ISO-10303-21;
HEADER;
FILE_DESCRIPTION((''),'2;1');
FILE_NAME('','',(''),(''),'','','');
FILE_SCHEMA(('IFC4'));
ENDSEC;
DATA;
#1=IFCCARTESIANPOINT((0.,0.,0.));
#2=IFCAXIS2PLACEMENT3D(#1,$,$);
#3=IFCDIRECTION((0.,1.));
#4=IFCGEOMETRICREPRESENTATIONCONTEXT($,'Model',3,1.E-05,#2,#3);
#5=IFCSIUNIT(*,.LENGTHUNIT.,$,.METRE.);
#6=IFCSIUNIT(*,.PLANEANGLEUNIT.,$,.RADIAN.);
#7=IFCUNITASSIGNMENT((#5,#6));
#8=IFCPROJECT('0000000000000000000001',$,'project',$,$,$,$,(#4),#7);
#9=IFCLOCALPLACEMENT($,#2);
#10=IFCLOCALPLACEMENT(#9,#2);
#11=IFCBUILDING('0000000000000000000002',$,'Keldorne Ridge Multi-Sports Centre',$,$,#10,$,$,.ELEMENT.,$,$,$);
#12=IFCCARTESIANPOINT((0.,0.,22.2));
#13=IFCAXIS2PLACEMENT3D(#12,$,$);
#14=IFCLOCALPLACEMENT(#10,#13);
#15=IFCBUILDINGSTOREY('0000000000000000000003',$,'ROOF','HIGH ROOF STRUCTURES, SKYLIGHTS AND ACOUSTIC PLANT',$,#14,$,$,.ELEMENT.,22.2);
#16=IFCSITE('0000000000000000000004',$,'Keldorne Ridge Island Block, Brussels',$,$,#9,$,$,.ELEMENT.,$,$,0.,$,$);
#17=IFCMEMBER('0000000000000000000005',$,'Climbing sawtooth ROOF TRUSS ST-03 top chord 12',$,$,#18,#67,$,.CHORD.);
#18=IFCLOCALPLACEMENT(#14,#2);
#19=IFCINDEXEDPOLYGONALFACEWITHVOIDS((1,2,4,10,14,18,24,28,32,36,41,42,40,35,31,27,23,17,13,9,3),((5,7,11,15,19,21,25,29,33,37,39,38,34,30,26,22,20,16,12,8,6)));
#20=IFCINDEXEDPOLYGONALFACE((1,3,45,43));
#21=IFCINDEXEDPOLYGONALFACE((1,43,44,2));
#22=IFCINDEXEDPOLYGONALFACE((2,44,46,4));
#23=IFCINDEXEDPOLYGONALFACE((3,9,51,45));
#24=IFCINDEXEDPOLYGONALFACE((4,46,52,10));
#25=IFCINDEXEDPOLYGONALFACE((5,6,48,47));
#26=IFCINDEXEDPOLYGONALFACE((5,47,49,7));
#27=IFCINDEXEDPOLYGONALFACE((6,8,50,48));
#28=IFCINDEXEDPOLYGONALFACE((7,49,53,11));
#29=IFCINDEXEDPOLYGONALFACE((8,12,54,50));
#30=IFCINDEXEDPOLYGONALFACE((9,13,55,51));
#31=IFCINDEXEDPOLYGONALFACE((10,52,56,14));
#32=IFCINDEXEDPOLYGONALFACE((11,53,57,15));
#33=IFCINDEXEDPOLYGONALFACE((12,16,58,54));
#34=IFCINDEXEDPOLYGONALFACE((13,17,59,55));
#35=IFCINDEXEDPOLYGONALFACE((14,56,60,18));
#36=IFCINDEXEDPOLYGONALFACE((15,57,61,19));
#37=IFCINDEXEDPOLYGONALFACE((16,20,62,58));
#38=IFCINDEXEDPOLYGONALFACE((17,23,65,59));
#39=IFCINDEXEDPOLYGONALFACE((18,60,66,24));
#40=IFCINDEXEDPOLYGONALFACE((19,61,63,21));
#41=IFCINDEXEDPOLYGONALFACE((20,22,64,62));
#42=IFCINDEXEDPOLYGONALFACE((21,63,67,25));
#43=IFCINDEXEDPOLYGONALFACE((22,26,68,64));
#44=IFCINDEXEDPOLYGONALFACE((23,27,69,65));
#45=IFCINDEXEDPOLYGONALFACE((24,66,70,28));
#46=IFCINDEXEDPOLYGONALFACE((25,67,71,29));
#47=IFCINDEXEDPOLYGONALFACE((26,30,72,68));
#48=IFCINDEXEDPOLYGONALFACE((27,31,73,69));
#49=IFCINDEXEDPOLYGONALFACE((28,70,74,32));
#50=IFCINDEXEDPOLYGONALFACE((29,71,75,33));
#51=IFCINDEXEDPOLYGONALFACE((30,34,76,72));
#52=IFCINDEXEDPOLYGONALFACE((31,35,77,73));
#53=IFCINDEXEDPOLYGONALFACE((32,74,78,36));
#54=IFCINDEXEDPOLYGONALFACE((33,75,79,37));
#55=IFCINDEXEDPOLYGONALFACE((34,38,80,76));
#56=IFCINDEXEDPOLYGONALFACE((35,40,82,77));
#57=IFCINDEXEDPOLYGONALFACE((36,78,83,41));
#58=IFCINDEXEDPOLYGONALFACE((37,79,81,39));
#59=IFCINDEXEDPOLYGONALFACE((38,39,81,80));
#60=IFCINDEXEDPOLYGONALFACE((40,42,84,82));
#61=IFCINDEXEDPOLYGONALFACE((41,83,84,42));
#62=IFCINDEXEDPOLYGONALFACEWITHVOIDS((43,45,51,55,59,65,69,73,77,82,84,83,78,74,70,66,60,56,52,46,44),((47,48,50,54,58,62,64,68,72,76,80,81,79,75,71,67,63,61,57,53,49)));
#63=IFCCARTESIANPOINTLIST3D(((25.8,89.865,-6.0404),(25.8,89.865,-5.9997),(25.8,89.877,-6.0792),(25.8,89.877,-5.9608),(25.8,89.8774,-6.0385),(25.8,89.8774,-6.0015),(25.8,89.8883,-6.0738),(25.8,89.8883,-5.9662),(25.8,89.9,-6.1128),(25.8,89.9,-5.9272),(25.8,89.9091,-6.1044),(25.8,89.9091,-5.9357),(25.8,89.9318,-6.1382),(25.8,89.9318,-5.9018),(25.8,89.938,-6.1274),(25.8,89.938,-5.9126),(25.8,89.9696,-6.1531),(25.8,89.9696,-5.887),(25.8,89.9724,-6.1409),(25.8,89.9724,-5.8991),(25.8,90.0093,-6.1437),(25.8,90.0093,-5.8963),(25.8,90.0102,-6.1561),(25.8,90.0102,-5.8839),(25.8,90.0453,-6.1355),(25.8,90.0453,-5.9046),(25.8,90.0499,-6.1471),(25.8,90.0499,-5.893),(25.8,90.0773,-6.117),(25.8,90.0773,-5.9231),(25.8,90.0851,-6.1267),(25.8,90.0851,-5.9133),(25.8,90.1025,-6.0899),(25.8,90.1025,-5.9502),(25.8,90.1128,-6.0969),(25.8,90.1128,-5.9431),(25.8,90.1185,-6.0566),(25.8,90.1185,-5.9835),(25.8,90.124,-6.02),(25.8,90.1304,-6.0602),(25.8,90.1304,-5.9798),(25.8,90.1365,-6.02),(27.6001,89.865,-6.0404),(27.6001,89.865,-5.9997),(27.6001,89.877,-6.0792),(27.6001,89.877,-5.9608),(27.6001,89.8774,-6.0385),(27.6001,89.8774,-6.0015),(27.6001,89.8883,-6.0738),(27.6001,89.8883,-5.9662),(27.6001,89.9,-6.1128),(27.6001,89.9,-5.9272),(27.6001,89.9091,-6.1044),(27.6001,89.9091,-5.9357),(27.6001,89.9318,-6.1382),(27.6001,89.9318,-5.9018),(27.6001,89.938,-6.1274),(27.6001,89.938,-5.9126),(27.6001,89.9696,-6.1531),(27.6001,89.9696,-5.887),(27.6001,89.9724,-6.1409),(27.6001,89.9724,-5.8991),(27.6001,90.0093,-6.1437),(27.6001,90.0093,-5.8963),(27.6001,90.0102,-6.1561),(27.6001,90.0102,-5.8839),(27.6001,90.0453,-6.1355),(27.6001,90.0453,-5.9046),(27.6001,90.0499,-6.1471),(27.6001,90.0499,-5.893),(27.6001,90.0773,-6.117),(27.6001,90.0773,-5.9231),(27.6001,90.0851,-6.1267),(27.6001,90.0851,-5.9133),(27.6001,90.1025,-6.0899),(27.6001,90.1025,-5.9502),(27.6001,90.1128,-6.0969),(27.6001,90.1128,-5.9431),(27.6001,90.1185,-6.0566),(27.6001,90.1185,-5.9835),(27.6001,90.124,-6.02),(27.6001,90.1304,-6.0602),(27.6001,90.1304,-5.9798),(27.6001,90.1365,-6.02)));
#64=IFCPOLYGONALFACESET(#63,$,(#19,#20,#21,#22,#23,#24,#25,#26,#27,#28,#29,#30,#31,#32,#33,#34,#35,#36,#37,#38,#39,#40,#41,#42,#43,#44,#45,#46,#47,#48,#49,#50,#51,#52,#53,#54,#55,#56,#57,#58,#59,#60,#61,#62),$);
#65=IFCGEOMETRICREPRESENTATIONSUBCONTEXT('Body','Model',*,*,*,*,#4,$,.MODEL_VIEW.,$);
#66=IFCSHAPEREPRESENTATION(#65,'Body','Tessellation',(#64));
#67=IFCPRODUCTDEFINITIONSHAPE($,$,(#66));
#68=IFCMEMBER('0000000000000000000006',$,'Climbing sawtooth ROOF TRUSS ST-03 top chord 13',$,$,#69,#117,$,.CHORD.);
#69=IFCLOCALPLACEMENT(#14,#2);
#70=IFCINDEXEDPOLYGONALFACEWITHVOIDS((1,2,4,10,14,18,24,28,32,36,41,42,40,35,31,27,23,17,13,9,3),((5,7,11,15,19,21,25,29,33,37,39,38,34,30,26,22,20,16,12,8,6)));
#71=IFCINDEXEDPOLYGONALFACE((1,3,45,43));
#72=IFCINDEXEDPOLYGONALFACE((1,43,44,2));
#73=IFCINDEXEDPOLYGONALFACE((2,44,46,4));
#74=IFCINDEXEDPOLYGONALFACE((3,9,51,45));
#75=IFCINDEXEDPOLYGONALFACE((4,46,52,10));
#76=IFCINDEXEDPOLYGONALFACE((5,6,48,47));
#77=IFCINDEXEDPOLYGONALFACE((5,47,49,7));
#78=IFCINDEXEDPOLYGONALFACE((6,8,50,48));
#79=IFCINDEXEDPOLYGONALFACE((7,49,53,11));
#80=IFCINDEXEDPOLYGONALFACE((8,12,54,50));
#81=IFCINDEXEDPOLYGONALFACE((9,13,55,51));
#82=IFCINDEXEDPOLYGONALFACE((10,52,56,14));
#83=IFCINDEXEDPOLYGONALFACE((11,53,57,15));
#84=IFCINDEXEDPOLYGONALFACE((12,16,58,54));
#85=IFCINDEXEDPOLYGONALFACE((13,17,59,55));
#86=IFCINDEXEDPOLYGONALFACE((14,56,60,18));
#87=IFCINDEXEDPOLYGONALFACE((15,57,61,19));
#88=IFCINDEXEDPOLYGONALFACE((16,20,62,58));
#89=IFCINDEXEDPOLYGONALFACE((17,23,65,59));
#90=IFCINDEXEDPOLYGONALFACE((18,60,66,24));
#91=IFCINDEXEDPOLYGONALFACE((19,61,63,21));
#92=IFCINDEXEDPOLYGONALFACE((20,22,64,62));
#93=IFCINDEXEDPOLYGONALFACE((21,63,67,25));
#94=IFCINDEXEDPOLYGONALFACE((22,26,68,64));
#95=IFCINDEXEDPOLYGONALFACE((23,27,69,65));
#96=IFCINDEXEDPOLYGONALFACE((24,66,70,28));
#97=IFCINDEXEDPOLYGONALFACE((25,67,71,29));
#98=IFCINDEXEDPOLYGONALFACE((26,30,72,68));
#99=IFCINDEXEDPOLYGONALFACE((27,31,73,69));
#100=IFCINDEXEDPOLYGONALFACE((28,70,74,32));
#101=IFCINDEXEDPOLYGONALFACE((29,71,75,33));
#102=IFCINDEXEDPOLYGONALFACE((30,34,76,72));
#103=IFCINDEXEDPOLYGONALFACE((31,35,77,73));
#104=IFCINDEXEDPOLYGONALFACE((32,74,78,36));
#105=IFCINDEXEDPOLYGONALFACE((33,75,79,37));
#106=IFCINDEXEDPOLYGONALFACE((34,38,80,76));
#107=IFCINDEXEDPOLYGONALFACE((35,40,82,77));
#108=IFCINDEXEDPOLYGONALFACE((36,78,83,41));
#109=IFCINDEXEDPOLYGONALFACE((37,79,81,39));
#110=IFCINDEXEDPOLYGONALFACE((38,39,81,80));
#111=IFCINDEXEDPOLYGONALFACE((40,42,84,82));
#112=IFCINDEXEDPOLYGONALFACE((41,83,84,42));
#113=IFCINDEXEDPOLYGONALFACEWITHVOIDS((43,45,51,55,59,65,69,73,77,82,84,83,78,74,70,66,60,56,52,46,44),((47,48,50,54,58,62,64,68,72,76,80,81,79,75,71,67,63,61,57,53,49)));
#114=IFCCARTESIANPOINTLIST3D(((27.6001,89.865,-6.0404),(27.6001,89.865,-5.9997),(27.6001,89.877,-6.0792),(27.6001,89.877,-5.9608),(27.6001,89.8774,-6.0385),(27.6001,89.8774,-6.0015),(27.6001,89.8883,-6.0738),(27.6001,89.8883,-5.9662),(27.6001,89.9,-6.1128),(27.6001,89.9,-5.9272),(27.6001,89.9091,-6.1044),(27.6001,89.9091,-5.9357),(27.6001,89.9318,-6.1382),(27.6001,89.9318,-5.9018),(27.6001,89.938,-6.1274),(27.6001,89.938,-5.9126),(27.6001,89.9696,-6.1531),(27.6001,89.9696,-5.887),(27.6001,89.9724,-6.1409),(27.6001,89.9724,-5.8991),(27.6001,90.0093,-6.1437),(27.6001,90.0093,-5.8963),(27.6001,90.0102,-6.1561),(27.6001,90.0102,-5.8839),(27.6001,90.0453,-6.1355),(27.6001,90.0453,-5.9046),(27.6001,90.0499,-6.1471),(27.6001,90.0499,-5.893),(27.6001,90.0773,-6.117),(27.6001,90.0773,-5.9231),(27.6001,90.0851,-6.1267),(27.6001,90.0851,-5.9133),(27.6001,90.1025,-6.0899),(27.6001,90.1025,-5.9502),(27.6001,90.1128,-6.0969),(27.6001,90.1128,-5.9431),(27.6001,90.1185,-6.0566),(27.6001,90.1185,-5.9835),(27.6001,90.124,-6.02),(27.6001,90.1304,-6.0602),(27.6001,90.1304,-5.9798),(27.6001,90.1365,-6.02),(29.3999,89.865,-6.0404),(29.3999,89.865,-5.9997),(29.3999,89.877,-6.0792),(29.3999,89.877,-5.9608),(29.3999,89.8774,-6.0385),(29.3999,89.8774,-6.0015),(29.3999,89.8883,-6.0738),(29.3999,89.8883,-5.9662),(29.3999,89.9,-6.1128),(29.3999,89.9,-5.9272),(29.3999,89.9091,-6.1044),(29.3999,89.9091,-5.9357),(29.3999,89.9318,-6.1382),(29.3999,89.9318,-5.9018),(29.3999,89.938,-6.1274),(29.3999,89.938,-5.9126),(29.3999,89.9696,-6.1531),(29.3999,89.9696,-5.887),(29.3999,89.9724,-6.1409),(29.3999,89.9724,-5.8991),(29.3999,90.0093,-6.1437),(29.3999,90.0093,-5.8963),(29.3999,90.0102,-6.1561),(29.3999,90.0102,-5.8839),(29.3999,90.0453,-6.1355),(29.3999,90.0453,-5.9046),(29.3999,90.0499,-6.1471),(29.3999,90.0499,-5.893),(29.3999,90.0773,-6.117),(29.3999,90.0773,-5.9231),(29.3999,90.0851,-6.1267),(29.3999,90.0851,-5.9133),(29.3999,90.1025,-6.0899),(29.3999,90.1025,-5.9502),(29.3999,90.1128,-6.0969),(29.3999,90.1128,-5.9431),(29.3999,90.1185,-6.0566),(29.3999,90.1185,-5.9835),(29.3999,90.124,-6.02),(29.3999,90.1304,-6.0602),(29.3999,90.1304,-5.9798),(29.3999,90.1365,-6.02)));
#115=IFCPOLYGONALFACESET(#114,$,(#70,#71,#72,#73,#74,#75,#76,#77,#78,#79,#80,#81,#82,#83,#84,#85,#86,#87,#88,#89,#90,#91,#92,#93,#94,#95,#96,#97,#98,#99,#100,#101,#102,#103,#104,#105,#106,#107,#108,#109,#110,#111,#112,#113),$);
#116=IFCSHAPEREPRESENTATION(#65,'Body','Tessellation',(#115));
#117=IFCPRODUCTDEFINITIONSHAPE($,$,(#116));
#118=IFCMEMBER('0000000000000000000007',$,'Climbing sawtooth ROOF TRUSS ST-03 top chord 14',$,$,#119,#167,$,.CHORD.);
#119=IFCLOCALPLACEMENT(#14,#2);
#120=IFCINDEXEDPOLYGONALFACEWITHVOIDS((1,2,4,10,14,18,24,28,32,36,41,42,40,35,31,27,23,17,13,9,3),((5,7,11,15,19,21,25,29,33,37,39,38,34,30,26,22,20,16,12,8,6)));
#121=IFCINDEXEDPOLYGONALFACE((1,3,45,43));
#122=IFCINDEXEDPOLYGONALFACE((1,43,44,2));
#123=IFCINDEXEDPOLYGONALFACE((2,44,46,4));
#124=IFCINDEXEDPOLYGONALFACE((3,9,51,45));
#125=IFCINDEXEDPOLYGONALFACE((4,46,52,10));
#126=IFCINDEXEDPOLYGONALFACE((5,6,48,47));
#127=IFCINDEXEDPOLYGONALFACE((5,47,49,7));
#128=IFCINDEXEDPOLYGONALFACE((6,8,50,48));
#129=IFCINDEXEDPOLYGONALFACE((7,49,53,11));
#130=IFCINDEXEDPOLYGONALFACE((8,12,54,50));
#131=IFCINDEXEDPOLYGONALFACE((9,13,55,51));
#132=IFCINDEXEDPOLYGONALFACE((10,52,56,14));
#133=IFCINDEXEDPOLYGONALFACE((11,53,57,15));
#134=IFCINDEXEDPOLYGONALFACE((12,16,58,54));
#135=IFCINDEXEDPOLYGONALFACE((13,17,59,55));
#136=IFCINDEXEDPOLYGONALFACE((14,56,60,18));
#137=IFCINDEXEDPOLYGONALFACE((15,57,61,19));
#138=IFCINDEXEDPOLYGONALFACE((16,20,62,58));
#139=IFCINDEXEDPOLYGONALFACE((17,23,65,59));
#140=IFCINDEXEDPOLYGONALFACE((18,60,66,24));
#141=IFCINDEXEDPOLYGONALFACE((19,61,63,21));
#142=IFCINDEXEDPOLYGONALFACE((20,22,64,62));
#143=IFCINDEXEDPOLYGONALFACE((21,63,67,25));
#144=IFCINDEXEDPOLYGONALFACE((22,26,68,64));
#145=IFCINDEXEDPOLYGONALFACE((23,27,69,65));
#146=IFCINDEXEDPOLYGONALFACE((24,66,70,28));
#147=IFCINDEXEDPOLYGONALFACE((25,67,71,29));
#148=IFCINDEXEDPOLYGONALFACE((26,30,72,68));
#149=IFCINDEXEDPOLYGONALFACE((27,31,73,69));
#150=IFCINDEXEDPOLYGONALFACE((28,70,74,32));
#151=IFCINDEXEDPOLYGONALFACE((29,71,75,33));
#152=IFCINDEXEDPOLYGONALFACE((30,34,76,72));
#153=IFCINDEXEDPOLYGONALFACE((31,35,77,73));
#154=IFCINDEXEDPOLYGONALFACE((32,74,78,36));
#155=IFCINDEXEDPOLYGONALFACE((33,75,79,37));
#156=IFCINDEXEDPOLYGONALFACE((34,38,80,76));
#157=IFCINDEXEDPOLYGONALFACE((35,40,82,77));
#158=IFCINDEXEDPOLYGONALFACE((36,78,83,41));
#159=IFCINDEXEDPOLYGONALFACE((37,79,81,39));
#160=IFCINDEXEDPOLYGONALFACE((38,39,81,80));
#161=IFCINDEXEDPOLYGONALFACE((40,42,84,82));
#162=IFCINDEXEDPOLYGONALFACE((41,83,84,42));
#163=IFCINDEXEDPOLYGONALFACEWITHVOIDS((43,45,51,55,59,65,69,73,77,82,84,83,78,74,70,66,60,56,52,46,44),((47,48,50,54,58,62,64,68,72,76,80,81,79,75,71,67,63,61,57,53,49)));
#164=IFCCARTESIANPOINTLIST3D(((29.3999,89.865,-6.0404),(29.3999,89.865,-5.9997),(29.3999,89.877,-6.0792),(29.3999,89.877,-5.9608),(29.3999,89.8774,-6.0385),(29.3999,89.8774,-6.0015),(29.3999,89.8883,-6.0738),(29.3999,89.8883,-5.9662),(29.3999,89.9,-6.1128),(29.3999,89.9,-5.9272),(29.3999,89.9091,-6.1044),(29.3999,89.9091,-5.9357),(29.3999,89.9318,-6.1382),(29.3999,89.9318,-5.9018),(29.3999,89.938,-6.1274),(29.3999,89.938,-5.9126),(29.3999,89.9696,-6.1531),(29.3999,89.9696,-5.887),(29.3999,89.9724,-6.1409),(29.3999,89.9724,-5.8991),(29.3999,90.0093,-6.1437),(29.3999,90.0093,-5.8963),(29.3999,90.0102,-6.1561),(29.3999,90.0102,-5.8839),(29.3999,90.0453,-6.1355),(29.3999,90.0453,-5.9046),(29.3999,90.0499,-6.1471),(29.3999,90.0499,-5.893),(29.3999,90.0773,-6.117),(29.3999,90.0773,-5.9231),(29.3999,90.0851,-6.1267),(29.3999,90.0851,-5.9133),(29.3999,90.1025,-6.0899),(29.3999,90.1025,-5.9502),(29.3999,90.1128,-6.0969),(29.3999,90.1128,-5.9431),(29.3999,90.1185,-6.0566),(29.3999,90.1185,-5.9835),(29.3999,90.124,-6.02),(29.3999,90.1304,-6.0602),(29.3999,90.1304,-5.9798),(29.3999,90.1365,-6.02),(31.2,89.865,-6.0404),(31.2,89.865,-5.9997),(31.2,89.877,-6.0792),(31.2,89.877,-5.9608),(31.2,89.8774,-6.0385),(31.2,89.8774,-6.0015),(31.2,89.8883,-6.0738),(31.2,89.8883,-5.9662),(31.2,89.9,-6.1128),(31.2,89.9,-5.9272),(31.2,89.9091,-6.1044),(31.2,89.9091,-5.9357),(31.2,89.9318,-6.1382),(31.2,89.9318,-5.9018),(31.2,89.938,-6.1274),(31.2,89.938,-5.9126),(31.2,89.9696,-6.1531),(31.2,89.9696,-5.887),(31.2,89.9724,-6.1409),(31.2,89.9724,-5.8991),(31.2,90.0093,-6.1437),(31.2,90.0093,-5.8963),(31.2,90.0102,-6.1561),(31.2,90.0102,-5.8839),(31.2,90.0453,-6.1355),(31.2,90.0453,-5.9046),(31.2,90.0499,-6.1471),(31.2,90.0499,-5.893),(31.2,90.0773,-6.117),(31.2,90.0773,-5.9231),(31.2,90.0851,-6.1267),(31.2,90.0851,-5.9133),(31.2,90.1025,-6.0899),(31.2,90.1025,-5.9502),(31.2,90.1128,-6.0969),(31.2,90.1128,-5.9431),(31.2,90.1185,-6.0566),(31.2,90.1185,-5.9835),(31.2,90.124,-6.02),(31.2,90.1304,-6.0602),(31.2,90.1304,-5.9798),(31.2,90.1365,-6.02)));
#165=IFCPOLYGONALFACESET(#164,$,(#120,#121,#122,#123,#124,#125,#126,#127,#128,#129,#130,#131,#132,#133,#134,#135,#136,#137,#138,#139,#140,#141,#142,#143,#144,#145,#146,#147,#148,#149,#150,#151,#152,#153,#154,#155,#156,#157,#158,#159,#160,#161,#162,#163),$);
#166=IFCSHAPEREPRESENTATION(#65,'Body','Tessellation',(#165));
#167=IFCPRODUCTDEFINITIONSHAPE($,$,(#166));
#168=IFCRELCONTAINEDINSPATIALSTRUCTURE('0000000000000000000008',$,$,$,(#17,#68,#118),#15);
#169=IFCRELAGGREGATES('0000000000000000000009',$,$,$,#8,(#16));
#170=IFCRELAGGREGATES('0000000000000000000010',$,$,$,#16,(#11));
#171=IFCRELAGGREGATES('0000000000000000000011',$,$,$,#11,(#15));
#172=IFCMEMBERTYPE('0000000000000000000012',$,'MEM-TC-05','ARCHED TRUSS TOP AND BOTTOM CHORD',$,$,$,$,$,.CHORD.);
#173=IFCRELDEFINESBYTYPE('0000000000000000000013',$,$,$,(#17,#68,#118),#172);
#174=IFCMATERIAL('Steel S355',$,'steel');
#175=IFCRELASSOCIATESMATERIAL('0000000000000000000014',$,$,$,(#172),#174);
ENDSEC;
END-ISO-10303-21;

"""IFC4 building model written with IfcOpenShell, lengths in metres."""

from ifc_helpers import new_model, si_unit, direction, frame, origin, origin_2d, place, context, subcontext, project, spatial, hollow_circle, extrude, material, material_profile, profile_set, type_object, element, save


model = new_model("IFC4")

# Units and contexts
model_context = context("Model", 3, precision=1e-05, world=origin(), true_north=direction((0.0, 1.0)))
body_context = subcontext(model_context, "Body", "Model", "MODEL_VIEW")
ifc_project = project(units=[si_unit("LENGTHUNIT", "METRE"), si_unit("PLANEANGLEUNIT", "RADIAN")], contexts=[model_context])

# Site, building, storey
site_placement = place(None, origin())
site = spatial("IfcSite", under=ifc_project, at=site_placement, Name="Keldorne Ridge Island Block, Brussels", CompositionType="ELEMENT", RefElevation=0.0)
building_placement = place(site_placement, origin())
building = spatial("IfcBuilding", under=site, at=building_placement, Name="Keldorne Ridge Multi-Sports Centre", CompositionType="ELEMENT")
storey_placement = place(building_placement, frame((0.0, 0.0, 22.2)))
storey = spatial("IfcBuildingStorey", under=building, at=storey_placement, Name="ROOF", Description="HIGH ROOF STRUCTURES, SKYLIGHTS AND ACOUSTIC PLANT", CompositionType="ELEMENT", Elevation=22.2)

# Shared definitions
ifc_material_1 = material(Name="Steel S355", Category="steel")

# Members
ifc_material_profile_1 = material_profile(ifc_material_1, hollow_circle(Radius=0.1365, WallThickness=0.0125, at=origin_2d()), Name="CHS 273x12.5")
ifc_profile_set_1 = profile_set([ifc_material_profile_1], Name="Steel S355")
member_type_1 = type_object("IfcMemberType", Name="MEM-TC-05", Description="ARCHED TRUSS TOP AND BOTTOM CHORD", PredefinedType="CHORD", material=ifc_profile_set_1)
for number, where, z_axis, x_axis, name in (
    (1, (25.8, 90.0, -6.02), (1.0, 0.0, 0.0), (0.0, 1.0, 0.0), "Climbing sawtooth ROOF TRUSS ST-03 top chord 12"),
):
    element("IfcMember", number, at=place(storey_placement, frame(where, z_axis=z_axis, x_axis=x_axis)), inside=storey, type_object=member_type_1, Name=name, PredefinedType="CHORD", context=body_context, shape_type="SweptSolid", body=[
        extrude(hollow_circle(Radius=0.1365, WallThickness=0.0125, at=origin_2d()), origin(), (0.0, 0.0, 1.0), 1.8),
    ])
member_1_placement = place(storey_placement, frame((27.6001, 90.0, -6.02), z_axis=(1.0, 0.0, 0.0), x_axis=(0.0, 1.0, 0.0)))
element("IfcMember", 2, at=member_1_placement, inside=storey, type_object=member_type_1, Name="Climbing sawtooth ROOF TRUSS ST-03 top chord 13", PredefinedType="CHORD", context=body_context, shape_type="SweptSolid", body=[
    extrude(hollow_circle(Radius=0.1365, WallThickness=0.0125, at=origin_2d()), origin(), (0.0, 0.0, 1.0), 1.7998),
])
for number, where, z_axis, x_axis, name in (
    (3, (29.3999, 90.0, -6.02), (1.0, 0.0, 0.0), (0.0, 1.0, 0.0), "Climbing sawtooth ROOF TRUSS ST-03 top chord 14"),
):
    element("IfcMember", number, at=place(storey_placement, frame(where, z_axis=z_axis, x_axis=x_axis)), inside=storey, type_object=member_type_1, Name=name, PredefinedType="CHORD", context=body_context, shape_type="SweptSolid", body=[
        extrude(hollow_circle(Radius=0.1365, WallThickness=0.0125, at=origin_2d()), origin(), (0.0, 0.0, 1.0), 1.8),
    ])

save(model, "model.ifc")
